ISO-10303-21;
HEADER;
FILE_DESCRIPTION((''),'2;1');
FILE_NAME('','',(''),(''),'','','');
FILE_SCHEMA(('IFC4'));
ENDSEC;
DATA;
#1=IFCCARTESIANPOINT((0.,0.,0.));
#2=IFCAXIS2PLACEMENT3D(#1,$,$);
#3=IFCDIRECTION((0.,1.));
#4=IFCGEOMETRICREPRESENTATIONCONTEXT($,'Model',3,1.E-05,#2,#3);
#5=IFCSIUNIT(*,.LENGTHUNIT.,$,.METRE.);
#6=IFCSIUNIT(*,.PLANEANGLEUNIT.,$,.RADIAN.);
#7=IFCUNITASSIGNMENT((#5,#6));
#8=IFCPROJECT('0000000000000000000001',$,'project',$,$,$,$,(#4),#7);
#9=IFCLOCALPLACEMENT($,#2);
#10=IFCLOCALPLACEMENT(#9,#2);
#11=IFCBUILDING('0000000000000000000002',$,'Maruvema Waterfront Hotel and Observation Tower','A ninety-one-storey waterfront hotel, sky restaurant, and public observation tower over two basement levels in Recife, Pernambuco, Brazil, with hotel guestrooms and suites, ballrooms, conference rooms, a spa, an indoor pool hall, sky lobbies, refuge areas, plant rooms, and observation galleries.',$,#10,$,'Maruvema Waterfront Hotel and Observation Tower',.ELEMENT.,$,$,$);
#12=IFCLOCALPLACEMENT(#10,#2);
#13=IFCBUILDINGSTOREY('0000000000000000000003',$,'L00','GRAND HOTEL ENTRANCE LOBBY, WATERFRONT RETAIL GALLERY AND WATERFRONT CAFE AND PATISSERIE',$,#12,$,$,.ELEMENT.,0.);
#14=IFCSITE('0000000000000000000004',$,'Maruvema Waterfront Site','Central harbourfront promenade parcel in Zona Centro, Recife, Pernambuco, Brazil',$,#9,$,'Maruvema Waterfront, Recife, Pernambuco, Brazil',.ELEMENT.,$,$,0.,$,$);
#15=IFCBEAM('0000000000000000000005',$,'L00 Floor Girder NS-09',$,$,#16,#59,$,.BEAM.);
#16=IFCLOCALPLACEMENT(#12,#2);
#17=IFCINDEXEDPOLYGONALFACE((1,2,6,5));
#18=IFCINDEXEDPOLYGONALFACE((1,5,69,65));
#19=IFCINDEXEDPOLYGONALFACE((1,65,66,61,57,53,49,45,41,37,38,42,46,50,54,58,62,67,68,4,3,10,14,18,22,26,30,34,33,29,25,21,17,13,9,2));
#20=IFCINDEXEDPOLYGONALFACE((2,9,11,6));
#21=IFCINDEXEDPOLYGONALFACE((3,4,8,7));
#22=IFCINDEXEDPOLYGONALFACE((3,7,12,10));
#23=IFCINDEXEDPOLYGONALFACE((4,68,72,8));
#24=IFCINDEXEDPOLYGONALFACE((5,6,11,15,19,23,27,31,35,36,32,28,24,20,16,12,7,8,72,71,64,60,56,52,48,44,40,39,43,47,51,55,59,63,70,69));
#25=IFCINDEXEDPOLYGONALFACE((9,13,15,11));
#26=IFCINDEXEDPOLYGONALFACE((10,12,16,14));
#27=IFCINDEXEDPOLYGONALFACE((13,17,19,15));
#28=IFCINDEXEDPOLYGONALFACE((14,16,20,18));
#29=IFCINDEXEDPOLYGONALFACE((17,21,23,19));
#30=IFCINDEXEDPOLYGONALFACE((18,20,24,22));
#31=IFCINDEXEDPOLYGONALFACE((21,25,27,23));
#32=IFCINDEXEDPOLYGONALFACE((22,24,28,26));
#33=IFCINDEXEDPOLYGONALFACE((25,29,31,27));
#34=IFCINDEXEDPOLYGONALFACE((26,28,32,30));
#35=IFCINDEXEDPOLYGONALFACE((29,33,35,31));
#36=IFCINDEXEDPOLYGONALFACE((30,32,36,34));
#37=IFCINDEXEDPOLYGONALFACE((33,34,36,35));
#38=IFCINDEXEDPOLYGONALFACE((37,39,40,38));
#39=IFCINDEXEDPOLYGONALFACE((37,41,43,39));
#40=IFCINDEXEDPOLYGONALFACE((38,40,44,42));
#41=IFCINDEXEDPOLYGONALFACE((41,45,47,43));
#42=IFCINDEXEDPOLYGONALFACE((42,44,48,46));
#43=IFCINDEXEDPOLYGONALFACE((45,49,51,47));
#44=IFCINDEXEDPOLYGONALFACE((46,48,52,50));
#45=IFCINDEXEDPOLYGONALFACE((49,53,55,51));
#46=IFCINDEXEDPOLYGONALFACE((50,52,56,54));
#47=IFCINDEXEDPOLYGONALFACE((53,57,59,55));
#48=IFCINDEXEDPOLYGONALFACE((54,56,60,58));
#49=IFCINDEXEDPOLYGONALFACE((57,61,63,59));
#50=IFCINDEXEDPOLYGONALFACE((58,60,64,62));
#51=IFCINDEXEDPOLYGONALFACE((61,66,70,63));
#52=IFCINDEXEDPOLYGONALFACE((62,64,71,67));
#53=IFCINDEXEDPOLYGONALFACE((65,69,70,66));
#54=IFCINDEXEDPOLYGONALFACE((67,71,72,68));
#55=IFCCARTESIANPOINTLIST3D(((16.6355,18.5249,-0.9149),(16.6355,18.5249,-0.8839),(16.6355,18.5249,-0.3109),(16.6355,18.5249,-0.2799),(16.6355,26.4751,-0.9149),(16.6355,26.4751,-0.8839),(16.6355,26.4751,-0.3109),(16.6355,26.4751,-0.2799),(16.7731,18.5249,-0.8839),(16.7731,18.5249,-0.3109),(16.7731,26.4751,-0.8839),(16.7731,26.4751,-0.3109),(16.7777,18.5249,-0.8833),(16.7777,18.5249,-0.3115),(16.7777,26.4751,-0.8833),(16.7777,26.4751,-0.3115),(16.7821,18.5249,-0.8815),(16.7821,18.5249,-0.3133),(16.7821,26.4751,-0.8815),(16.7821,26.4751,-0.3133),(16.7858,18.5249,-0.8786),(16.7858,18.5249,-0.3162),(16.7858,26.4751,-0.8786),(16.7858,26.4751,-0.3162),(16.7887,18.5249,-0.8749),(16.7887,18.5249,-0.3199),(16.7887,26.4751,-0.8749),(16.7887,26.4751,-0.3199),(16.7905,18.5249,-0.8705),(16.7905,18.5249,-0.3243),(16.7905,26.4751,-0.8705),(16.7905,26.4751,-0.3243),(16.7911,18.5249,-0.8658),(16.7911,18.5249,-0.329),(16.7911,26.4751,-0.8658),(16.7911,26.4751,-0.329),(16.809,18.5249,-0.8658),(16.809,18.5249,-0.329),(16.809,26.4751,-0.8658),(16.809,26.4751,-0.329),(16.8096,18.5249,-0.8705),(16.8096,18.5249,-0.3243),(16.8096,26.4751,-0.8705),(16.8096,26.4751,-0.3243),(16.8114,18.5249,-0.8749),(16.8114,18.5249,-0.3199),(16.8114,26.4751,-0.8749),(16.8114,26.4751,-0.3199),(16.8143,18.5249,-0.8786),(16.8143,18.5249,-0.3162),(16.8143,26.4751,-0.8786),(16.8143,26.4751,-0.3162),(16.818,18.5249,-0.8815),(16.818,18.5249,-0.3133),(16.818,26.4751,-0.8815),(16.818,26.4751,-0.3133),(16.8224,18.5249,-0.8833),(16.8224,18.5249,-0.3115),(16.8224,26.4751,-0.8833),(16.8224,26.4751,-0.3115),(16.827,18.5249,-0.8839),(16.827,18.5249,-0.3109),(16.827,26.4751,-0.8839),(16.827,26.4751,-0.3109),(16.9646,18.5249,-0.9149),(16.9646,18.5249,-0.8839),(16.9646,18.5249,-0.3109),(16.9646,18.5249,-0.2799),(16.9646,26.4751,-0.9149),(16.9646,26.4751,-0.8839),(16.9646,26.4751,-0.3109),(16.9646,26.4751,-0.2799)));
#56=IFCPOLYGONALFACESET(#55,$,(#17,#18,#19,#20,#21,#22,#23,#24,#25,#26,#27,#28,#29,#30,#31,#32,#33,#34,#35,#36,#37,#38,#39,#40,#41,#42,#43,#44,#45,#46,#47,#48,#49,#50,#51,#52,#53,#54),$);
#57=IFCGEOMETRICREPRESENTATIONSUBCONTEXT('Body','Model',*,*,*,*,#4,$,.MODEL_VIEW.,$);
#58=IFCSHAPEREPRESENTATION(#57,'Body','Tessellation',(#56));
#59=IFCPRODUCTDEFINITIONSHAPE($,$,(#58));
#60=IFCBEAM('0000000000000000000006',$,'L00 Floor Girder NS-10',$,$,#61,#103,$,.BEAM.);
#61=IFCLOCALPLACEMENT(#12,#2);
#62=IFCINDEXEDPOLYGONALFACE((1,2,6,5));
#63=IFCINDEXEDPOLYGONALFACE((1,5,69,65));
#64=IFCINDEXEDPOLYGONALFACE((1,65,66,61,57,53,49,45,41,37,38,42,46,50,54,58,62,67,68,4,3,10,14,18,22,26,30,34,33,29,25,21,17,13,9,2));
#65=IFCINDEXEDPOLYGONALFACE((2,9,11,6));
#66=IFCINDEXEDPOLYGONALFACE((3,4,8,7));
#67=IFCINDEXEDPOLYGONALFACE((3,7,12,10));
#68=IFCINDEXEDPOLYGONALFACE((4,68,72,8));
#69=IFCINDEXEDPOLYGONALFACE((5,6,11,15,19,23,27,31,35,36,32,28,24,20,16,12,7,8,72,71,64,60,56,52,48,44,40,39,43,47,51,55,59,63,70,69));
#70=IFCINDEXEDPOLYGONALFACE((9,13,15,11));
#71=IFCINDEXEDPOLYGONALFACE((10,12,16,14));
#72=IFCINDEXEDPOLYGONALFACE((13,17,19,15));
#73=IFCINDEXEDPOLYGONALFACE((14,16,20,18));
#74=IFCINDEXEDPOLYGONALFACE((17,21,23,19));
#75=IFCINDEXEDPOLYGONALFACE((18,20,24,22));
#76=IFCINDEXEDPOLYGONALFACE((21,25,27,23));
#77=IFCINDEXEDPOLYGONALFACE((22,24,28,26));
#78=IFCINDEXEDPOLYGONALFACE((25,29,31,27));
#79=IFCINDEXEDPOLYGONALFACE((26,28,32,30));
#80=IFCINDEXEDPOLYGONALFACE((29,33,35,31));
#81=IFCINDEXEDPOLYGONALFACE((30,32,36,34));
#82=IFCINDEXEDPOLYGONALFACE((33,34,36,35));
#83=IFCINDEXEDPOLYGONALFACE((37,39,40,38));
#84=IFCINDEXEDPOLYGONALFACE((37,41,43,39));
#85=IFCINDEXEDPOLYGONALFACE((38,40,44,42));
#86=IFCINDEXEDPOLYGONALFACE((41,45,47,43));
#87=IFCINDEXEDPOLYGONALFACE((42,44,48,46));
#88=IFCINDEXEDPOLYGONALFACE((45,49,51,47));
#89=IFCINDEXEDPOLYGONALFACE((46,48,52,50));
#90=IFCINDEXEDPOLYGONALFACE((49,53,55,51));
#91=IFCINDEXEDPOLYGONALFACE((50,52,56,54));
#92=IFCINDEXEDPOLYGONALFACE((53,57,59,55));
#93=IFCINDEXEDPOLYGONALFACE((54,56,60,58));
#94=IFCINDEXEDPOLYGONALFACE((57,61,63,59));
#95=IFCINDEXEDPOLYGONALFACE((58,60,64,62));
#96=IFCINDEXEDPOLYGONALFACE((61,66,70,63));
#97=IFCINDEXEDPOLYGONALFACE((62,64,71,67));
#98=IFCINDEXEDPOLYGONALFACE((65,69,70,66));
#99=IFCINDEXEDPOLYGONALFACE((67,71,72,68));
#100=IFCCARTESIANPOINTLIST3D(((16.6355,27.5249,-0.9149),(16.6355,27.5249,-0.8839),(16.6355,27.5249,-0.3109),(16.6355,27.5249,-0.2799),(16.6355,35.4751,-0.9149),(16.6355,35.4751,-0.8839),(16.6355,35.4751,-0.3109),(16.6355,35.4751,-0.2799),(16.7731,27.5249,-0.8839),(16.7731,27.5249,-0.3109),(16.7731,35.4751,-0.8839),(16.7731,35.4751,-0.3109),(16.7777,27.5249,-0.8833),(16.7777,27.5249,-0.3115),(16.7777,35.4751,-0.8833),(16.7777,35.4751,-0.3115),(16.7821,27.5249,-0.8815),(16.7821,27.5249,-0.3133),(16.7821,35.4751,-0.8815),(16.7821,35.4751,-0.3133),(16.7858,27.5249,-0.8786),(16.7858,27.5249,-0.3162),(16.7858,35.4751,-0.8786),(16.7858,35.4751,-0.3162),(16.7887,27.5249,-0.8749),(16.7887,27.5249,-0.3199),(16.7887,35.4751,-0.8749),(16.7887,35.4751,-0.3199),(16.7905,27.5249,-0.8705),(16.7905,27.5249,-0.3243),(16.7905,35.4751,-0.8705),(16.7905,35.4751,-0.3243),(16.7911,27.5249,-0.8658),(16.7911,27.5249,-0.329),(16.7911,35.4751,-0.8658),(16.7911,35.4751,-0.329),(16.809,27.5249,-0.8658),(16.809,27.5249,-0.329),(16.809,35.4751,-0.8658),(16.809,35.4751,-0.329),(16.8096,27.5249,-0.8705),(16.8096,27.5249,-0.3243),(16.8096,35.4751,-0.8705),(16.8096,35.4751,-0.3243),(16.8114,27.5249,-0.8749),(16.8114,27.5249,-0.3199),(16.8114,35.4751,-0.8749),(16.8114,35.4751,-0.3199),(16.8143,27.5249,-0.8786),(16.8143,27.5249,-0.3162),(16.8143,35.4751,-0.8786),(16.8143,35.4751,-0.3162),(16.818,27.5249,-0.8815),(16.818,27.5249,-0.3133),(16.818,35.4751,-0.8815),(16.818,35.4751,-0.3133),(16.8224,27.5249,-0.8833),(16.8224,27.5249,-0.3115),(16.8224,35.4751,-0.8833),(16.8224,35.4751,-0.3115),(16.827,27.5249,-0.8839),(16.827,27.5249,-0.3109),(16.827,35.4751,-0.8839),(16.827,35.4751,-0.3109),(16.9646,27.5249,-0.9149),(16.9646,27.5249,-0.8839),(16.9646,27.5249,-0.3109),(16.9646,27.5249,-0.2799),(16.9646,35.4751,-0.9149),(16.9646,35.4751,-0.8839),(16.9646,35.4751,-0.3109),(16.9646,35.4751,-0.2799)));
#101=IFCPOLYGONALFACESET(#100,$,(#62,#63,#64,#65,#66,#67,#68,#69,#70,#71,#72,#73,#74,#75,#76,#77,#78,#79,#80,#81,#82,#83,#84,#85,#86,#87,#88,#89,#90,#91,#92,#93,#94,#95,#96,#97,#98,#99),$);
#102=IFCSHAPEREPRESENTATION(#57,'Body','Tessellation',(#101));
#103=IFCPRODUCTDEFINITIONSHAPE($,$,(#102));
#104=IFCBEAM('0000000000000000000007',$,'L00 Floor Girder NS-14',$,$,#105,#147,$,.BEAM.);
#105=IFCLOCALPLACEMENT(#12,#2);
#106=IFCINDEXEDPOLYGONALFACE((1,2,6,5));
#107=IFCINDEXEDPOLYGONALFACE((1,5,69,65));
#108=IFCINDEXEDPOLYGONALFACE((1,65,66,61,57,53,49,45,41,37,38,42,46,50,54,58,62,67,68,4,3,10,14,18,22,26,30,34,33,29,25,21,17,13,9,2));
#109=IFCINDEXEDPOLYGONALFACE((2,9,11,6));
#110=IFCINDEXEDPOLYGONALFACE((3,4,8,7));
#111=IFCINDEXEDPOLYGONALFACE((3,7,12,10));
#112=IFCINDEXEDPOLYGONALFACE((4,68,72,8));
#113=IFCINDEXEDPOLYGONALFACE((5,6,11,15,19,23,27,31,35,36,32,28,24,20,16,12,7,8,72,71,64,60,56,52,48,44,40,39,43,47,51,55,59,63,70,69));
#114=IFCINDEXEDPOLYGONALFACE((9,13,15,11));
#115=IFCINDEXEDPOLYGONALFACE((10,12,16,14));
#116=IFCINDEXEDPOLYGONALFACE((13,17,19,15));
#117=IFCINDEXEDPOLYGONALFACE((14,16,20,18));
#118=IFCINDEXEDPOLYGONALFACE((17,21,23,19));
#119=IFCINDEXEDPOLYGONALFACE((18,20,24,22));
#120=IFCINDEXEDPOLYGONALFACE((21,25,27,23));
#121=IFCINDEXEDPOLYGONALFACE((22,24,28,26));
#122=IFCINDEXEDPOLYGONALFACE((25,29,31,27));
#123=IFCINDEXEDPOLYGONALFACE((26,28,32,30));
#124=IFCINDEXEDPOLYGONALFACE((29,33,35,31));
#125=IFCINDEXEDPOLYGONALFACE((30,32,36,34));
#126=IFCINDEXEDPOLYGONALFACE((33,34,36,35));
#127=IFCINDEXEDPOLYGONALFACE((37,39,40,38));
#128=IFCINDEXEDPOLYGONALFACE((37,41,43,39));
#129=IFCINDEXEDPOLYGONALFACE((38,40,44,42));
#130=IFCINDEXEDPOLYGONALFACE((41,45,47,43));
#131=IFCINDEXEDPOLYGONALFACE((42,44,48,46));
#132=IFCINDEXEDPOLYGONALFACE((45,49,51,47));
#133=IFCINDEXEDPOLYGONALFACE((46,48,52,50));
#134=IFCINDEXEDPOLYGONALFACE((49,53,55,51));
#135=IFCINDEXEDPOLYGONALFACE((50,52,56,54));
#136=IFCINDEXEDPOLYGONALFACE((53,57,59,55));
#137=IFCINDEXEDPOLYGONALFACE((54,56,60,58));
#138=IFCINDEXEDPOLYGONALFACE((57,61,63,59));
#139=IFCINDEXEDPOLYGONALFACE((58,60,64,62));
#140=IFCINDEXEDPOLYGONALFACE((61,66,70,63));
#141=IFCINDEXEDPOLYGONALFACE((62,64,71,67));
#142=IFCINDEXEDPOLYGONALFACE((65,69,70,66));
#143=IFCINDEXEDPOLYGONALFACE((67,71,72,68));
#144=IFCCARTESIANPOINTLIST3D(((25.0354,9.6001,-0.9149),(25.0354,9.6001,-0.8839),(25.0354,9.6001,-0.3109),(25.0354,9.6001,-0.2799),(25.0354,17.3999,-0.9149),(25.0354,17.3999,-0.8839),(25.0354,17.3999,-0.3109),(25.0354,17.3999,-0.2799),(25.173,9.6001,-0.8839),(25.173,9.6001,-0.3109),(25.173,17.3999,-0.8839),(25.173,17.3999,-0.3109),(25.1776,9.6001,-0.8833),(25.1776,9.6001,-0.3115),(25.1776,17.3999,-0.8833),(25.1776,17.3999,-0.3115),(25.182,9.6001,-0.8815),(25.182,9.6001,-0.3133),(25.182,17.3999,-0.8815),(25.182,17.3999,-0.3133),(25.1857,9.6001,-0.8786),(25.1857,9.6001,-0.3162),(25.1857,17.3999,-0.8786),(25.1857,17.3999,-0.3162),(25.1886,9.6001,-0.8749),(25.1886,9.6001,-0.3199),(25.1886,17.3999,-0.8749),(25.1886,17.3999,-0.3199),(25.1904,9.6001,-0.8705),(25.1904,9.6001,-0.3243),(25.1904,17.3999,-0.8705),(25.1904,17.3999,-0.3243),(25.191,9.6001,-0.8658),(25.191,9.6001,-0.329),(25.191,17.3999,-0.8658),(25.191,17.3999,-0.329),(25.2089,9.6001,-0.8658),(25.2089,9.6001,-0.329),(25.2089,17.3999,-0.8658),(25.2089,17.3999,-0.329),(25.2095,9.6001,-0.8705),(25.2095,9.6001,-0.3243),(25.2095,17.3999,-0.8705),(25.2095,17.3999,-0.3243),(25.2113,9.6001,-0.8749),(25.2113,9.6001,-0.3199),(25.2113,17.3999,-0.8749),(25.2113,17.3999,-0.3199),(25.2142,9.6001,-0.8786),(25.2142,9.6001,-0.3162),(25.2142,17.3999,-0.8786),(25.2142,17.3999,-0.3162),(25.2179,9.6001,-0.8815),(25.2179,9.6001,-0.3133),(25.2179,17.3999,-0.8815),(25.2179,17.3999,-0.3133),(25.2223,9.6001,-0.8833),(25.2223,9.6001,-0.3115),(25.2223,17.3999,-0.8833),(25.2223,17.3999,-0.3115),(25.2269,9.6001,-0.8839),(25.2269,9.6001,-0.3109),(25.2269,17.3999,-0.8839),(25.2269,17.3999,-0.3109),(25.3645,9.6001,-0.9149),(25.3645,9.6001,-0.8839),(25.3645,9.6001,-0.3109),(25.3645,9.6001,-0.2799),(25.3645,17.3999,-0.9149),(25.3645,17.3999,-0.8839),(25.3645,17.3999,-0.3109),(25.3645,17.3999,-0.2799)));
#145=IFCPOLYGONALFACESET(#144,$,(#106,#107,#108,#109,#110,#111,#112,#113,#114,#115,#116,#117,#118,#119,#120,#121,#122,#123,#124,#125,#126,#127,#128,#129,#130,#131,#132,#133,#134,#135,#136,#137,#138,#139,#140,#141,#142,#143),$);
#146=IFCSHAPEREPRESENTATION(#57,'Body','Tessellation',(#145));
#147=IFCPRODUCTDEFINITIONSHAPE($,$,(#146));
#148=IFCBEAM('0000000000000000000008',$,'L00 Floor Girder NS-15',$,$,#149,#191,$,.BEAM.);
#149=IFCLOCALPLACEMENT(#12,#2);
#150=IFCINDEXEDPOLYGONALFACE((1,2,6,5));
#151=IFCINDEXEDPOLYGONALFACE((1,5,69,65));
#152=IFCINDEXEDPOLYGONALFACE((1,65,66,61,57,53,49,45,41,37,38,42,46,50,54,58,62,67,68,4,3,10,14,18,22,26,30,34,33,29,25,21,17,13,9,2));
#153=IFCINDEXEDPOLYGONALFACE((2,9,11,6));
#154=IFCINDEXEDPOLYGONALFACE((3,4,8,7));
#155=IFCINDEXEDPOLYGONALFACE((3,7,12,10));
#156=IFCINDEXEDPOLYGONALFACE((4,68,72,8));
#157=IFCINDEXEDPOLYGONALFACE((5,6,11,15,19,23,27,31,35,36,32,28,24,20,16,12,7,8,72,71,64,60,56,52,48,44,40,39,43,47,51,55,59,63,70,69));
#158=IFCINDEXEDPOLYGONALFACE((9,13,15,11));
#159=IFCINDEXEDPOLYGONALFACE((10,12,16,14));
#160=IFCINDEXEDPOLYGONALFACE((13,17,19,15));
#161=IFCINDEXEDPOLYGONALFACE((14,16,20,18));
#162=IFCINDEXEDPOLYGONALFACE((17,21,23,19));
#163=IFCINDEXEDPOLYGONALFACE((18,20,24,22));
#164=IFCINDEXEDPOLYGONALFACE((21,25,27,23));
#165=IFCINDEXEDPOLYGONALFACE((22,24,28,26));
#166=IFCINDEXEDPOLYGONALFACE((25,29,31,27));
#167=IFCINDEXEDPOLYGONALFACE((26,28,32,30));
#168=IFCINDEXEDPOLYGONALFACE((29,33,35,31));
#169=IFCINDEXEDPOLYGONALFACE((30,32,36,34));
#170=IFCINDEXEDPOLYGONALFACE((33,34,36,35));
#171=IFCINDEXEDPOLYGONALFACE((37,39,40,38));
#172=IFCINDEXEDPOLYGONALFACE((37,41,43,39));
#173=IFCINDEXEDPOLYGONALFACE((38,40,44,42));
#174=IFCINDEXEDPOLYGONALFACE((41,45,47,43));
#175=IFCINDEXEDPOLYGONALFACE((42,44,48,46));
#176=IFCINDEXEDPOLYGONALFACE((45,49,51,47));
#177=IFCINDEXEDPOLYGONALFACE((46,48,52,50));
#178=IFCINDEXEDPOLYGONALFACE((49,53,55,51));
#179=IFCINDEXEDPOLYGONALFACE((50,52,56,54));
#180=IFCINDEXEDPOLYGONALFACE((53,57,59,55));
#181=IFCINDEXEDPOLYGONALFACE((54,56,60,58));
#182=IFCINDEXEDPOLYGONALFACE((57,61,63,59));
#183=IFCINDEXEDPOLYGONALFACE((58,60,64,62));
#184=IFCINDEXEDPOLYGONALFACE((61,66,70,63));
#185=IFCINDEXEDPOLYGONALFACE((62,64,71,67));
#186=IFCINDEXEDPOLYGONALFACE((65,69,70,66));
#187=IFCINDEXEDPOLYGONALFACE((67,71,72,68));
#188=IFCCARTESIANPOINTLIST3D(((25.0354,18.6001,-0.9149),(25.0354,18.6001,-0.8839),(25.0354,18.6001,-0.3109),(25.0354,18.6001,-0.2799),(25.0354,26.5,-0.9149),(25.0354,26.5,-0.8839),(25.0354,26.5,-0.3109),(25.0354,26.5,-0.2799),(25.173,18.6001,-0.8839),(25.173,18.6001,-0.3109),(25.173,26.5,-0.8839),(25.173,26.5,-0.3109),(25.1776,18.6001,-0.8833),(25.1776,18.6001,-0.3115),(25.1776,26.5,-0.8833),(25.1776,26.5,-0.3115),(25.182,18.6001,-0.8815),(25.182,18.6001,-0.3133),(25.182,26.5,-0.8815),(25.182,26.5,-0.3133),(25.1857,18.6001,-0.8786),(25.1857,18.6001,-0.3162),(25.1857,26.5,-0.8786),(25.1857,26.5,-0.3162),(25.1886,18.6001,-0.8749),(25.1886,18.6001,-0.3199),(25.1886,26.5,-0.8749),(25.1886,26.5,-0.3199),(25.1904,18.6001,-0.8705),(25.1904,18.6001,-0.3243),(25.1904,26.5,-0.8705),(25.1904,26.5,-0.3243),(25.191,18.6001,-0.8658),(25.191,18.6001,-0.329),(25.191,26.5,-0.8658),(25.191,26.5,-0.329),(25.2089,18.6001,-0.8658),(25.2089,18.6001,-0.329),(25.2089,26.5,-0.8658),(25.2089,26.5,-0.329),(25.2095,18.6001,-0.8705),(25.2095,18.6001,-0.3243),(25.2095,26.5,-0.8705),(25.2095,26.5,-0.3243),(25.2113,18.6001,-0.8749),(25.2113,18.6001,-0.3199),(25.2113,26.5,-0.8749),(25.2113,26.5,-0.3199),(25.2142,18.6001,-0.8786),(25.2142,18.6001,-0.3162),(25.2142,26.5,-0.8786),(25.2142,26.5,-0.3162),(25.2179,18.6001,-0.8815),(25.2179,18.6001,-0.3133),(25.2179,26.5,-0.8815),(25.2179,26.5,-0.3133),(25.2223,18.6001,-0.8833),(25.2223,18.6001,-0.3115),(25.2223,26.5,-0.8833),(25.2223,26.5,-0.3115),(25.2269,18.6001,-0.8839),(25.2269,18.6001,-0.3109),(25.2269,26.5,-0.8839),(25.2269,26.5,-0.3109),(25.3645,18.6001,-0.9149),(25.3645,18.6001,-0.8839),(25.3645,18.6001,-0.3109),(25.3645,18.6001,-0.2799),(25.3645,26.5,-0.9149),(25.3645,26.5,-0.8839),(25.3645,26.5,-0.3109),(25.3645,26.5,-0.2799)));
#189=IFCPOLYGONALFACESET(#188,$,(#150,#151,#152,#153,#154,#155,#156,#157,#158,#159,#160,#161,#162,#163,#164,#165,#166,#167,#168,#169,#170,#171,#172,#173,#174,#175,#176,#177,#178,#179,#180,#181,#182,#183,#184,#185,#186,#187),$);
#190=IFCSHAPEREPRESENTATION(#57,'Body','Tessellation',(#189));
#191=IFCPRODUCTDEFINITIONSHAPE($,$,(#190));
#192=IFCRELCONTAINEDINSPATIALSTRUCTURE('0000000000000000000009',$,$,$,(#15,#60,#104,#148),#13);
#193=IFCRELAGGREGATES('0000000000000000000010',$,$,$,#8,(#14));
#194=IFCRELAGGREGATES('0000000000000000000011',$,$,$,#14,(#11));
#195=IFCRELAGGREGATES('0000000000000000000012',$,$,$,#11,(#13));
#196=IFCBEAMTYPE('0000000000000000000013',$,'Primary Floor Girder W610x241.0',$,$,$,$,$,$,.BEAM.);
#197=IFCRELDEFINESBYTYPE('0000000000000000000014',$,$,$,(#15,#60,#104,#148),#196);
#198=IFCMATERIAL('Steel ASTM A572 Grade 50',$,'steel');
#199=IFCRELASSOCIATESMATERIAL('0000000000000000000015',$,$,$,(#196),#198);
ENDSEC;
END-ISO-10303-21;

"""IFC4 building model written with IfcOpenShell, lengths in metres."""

from ifc_helpers import new_model, si_unit, direction, frame, origin, origin_2d, place, context, subcontext, project, spatial, i_section, extrude, material, material_profile, profile_set, type_object, element, save


model = new_model("IFC4")

# Units and contexts
model_context = context("Model", 3, precision=1e-05, world=origin(), true_north=direction((0.0, 1.0)))
body_context = subcontext(model_context, "Body", "Model", "MODEL_VIEW")
ifc_project = project(units=[si_unit("LENGTHUNIT", "METRE"), si_unit("PLANEANGLEUNIT", "RADIAN")], contexts=[model_context])

# Site, building, storey
site_placement = place(None, origin())
site = spatial("IfcSite", under=ifc_project, at=site_placement, Name="Maruvema Waterfront Site", Description="Central harbourfront promenade parcel in Zona Centro, Recife, Pernambuco, Brazil", LongName="Maruvema Waterfront, Recife, Pernambuco, Brazil", CompositionType="ELEMENT", RefElevation=0.0)
building_placement = place(site_placement, origin())
building = spatial("IfcBuilding", under=site, at=building_placement, Name="Maruvema Waterfront Hotel and Observation Tower", Description="A ninety-one-storey waterfront hotel, sky restaurant, and public observation tower over two basement levels in Recife, Pernambuco, Brazil, with hotel guestrooms and suites, ballrooms, conference rooms, a spa, an indoor pool hall, sky lobbies, refuge areas, plant rooms, and observation galleries.", LongName="Maruvema Waterfront Hotel and Observation Tower", CompositionType="ELEMENT")
storey_placement = place(building_placement, origin())
storey = spatial("IfcBuildingStorey", under=building, at=storey_placement, Name="L00", Description="GRAND HOTEL ENTRANCE LOBBY, WATERFRONT RETAIL GALLERY AND WATERFRONT CAFE AND PATISSERIE", CompositionType="ELEMENT", Elevation=0.0)

# Beams
ifc_material_1 = material(Name="Steel ASTM A572 Grade 50", Category="steel")
ifc_material_profile_1 = material_profile(ifc_material_1, i_section(OverallWidth=0.3291, OverallDepth=0.635, WebThickness=0.0178, FlangeThickness=0.031, FilletRadius=0.0181, at=origin_2d()), Name="W610x241.0")
ifc_profile_set_1 = profile_set([ifc_material_profile_1], Name="Steel ASTM A572 Grade 50")
beam_type_1 = type_object("IfcBeamType", Name="Primary Floor Girder W610x241.0", PredefinedType="BEAM", material=ifc_profile_set_1)
for number, where, z_axis, x_axis, name in (
    (1, (16.8, 18.5249, -0.5974), (0.0, 1.0, 0.0), (-1.0, 0.0, 0.0), "L00 Floor Girder NS-09"),
    (2, (16.8, 27.5249, -0.5974), (0.0, 1.0, 0.0), (-1.0, 0.0, 0.0), "L00 Floor Girder NS-10"),
):
    element("IfcBeam", number, at=place(storey_placement, frame(where, z_axis=z_axis, x_axis=x_axis)), inside=storey, type_object=beam_type_1, Name=name, PredefinedType="BEAM", context=body_context, shape_type="SweptSolid", body=[
        extrude(i_section(OverallWidth=0.3291, OverallDepth=0.635, WebThickness=0.0178, FlangeThickness=0.031, FilletRadius=0.0181, at=origin_2d()), origin(), (0.0, 0.0, 1.0), 7.9502),
    ])
beam_1_placement = place(storey_placement, frame((25.2, 9.6001, -0.5974), z_axis=(0.0, 1.0, 0.0), x_axis=(-1.0, 0.0, 0.0)))
element("IfcBeam", 3, at=beam_1_placement, inside=storey, type_object=beam_type_1, Name="L00 Floor Girder NS-14", PredefinedType="BEAM", context=body_context, shape_type="SweptSolid", body=[
    extrude(i_section(OverallWidth=0.3291, OverallDepth=0.635, WebThickness=0.0178, FlangeThickness=0.031, FilletRadius=0.0181, at=origin_2d()), origin(), (0.0, 0.0, 1.0), 7.7998),
])
for number, where, z_axis, x_axis, name in (
    (4, (25.2, 18.6001, -0.5974), (0.0, 1.0, 0.0), (-1.0, 0.0, 0.0), "L00 Floor Girder NS-15"),
):
    element("IfcBeam", number, at=place(storey_placement, frame(where, z_axis=z_axis, x_axis=x_axis)), inside=storey, type_object=beam_type_1, Name=name, PredefinedType="BEAM", context=body_context, shape_type="SweptSolid", body=[
        extrude(i_section(OverallWidth=0.3291, OverallDepth=0.635, WebThickness=0.0178, FlangeThickness=0.031, FilletRadius=0.0181, at=origin_2d()), origin(), (0.0, 0.0, 1.0), 7.8999),
    ])

save(model, "model.ifc")
